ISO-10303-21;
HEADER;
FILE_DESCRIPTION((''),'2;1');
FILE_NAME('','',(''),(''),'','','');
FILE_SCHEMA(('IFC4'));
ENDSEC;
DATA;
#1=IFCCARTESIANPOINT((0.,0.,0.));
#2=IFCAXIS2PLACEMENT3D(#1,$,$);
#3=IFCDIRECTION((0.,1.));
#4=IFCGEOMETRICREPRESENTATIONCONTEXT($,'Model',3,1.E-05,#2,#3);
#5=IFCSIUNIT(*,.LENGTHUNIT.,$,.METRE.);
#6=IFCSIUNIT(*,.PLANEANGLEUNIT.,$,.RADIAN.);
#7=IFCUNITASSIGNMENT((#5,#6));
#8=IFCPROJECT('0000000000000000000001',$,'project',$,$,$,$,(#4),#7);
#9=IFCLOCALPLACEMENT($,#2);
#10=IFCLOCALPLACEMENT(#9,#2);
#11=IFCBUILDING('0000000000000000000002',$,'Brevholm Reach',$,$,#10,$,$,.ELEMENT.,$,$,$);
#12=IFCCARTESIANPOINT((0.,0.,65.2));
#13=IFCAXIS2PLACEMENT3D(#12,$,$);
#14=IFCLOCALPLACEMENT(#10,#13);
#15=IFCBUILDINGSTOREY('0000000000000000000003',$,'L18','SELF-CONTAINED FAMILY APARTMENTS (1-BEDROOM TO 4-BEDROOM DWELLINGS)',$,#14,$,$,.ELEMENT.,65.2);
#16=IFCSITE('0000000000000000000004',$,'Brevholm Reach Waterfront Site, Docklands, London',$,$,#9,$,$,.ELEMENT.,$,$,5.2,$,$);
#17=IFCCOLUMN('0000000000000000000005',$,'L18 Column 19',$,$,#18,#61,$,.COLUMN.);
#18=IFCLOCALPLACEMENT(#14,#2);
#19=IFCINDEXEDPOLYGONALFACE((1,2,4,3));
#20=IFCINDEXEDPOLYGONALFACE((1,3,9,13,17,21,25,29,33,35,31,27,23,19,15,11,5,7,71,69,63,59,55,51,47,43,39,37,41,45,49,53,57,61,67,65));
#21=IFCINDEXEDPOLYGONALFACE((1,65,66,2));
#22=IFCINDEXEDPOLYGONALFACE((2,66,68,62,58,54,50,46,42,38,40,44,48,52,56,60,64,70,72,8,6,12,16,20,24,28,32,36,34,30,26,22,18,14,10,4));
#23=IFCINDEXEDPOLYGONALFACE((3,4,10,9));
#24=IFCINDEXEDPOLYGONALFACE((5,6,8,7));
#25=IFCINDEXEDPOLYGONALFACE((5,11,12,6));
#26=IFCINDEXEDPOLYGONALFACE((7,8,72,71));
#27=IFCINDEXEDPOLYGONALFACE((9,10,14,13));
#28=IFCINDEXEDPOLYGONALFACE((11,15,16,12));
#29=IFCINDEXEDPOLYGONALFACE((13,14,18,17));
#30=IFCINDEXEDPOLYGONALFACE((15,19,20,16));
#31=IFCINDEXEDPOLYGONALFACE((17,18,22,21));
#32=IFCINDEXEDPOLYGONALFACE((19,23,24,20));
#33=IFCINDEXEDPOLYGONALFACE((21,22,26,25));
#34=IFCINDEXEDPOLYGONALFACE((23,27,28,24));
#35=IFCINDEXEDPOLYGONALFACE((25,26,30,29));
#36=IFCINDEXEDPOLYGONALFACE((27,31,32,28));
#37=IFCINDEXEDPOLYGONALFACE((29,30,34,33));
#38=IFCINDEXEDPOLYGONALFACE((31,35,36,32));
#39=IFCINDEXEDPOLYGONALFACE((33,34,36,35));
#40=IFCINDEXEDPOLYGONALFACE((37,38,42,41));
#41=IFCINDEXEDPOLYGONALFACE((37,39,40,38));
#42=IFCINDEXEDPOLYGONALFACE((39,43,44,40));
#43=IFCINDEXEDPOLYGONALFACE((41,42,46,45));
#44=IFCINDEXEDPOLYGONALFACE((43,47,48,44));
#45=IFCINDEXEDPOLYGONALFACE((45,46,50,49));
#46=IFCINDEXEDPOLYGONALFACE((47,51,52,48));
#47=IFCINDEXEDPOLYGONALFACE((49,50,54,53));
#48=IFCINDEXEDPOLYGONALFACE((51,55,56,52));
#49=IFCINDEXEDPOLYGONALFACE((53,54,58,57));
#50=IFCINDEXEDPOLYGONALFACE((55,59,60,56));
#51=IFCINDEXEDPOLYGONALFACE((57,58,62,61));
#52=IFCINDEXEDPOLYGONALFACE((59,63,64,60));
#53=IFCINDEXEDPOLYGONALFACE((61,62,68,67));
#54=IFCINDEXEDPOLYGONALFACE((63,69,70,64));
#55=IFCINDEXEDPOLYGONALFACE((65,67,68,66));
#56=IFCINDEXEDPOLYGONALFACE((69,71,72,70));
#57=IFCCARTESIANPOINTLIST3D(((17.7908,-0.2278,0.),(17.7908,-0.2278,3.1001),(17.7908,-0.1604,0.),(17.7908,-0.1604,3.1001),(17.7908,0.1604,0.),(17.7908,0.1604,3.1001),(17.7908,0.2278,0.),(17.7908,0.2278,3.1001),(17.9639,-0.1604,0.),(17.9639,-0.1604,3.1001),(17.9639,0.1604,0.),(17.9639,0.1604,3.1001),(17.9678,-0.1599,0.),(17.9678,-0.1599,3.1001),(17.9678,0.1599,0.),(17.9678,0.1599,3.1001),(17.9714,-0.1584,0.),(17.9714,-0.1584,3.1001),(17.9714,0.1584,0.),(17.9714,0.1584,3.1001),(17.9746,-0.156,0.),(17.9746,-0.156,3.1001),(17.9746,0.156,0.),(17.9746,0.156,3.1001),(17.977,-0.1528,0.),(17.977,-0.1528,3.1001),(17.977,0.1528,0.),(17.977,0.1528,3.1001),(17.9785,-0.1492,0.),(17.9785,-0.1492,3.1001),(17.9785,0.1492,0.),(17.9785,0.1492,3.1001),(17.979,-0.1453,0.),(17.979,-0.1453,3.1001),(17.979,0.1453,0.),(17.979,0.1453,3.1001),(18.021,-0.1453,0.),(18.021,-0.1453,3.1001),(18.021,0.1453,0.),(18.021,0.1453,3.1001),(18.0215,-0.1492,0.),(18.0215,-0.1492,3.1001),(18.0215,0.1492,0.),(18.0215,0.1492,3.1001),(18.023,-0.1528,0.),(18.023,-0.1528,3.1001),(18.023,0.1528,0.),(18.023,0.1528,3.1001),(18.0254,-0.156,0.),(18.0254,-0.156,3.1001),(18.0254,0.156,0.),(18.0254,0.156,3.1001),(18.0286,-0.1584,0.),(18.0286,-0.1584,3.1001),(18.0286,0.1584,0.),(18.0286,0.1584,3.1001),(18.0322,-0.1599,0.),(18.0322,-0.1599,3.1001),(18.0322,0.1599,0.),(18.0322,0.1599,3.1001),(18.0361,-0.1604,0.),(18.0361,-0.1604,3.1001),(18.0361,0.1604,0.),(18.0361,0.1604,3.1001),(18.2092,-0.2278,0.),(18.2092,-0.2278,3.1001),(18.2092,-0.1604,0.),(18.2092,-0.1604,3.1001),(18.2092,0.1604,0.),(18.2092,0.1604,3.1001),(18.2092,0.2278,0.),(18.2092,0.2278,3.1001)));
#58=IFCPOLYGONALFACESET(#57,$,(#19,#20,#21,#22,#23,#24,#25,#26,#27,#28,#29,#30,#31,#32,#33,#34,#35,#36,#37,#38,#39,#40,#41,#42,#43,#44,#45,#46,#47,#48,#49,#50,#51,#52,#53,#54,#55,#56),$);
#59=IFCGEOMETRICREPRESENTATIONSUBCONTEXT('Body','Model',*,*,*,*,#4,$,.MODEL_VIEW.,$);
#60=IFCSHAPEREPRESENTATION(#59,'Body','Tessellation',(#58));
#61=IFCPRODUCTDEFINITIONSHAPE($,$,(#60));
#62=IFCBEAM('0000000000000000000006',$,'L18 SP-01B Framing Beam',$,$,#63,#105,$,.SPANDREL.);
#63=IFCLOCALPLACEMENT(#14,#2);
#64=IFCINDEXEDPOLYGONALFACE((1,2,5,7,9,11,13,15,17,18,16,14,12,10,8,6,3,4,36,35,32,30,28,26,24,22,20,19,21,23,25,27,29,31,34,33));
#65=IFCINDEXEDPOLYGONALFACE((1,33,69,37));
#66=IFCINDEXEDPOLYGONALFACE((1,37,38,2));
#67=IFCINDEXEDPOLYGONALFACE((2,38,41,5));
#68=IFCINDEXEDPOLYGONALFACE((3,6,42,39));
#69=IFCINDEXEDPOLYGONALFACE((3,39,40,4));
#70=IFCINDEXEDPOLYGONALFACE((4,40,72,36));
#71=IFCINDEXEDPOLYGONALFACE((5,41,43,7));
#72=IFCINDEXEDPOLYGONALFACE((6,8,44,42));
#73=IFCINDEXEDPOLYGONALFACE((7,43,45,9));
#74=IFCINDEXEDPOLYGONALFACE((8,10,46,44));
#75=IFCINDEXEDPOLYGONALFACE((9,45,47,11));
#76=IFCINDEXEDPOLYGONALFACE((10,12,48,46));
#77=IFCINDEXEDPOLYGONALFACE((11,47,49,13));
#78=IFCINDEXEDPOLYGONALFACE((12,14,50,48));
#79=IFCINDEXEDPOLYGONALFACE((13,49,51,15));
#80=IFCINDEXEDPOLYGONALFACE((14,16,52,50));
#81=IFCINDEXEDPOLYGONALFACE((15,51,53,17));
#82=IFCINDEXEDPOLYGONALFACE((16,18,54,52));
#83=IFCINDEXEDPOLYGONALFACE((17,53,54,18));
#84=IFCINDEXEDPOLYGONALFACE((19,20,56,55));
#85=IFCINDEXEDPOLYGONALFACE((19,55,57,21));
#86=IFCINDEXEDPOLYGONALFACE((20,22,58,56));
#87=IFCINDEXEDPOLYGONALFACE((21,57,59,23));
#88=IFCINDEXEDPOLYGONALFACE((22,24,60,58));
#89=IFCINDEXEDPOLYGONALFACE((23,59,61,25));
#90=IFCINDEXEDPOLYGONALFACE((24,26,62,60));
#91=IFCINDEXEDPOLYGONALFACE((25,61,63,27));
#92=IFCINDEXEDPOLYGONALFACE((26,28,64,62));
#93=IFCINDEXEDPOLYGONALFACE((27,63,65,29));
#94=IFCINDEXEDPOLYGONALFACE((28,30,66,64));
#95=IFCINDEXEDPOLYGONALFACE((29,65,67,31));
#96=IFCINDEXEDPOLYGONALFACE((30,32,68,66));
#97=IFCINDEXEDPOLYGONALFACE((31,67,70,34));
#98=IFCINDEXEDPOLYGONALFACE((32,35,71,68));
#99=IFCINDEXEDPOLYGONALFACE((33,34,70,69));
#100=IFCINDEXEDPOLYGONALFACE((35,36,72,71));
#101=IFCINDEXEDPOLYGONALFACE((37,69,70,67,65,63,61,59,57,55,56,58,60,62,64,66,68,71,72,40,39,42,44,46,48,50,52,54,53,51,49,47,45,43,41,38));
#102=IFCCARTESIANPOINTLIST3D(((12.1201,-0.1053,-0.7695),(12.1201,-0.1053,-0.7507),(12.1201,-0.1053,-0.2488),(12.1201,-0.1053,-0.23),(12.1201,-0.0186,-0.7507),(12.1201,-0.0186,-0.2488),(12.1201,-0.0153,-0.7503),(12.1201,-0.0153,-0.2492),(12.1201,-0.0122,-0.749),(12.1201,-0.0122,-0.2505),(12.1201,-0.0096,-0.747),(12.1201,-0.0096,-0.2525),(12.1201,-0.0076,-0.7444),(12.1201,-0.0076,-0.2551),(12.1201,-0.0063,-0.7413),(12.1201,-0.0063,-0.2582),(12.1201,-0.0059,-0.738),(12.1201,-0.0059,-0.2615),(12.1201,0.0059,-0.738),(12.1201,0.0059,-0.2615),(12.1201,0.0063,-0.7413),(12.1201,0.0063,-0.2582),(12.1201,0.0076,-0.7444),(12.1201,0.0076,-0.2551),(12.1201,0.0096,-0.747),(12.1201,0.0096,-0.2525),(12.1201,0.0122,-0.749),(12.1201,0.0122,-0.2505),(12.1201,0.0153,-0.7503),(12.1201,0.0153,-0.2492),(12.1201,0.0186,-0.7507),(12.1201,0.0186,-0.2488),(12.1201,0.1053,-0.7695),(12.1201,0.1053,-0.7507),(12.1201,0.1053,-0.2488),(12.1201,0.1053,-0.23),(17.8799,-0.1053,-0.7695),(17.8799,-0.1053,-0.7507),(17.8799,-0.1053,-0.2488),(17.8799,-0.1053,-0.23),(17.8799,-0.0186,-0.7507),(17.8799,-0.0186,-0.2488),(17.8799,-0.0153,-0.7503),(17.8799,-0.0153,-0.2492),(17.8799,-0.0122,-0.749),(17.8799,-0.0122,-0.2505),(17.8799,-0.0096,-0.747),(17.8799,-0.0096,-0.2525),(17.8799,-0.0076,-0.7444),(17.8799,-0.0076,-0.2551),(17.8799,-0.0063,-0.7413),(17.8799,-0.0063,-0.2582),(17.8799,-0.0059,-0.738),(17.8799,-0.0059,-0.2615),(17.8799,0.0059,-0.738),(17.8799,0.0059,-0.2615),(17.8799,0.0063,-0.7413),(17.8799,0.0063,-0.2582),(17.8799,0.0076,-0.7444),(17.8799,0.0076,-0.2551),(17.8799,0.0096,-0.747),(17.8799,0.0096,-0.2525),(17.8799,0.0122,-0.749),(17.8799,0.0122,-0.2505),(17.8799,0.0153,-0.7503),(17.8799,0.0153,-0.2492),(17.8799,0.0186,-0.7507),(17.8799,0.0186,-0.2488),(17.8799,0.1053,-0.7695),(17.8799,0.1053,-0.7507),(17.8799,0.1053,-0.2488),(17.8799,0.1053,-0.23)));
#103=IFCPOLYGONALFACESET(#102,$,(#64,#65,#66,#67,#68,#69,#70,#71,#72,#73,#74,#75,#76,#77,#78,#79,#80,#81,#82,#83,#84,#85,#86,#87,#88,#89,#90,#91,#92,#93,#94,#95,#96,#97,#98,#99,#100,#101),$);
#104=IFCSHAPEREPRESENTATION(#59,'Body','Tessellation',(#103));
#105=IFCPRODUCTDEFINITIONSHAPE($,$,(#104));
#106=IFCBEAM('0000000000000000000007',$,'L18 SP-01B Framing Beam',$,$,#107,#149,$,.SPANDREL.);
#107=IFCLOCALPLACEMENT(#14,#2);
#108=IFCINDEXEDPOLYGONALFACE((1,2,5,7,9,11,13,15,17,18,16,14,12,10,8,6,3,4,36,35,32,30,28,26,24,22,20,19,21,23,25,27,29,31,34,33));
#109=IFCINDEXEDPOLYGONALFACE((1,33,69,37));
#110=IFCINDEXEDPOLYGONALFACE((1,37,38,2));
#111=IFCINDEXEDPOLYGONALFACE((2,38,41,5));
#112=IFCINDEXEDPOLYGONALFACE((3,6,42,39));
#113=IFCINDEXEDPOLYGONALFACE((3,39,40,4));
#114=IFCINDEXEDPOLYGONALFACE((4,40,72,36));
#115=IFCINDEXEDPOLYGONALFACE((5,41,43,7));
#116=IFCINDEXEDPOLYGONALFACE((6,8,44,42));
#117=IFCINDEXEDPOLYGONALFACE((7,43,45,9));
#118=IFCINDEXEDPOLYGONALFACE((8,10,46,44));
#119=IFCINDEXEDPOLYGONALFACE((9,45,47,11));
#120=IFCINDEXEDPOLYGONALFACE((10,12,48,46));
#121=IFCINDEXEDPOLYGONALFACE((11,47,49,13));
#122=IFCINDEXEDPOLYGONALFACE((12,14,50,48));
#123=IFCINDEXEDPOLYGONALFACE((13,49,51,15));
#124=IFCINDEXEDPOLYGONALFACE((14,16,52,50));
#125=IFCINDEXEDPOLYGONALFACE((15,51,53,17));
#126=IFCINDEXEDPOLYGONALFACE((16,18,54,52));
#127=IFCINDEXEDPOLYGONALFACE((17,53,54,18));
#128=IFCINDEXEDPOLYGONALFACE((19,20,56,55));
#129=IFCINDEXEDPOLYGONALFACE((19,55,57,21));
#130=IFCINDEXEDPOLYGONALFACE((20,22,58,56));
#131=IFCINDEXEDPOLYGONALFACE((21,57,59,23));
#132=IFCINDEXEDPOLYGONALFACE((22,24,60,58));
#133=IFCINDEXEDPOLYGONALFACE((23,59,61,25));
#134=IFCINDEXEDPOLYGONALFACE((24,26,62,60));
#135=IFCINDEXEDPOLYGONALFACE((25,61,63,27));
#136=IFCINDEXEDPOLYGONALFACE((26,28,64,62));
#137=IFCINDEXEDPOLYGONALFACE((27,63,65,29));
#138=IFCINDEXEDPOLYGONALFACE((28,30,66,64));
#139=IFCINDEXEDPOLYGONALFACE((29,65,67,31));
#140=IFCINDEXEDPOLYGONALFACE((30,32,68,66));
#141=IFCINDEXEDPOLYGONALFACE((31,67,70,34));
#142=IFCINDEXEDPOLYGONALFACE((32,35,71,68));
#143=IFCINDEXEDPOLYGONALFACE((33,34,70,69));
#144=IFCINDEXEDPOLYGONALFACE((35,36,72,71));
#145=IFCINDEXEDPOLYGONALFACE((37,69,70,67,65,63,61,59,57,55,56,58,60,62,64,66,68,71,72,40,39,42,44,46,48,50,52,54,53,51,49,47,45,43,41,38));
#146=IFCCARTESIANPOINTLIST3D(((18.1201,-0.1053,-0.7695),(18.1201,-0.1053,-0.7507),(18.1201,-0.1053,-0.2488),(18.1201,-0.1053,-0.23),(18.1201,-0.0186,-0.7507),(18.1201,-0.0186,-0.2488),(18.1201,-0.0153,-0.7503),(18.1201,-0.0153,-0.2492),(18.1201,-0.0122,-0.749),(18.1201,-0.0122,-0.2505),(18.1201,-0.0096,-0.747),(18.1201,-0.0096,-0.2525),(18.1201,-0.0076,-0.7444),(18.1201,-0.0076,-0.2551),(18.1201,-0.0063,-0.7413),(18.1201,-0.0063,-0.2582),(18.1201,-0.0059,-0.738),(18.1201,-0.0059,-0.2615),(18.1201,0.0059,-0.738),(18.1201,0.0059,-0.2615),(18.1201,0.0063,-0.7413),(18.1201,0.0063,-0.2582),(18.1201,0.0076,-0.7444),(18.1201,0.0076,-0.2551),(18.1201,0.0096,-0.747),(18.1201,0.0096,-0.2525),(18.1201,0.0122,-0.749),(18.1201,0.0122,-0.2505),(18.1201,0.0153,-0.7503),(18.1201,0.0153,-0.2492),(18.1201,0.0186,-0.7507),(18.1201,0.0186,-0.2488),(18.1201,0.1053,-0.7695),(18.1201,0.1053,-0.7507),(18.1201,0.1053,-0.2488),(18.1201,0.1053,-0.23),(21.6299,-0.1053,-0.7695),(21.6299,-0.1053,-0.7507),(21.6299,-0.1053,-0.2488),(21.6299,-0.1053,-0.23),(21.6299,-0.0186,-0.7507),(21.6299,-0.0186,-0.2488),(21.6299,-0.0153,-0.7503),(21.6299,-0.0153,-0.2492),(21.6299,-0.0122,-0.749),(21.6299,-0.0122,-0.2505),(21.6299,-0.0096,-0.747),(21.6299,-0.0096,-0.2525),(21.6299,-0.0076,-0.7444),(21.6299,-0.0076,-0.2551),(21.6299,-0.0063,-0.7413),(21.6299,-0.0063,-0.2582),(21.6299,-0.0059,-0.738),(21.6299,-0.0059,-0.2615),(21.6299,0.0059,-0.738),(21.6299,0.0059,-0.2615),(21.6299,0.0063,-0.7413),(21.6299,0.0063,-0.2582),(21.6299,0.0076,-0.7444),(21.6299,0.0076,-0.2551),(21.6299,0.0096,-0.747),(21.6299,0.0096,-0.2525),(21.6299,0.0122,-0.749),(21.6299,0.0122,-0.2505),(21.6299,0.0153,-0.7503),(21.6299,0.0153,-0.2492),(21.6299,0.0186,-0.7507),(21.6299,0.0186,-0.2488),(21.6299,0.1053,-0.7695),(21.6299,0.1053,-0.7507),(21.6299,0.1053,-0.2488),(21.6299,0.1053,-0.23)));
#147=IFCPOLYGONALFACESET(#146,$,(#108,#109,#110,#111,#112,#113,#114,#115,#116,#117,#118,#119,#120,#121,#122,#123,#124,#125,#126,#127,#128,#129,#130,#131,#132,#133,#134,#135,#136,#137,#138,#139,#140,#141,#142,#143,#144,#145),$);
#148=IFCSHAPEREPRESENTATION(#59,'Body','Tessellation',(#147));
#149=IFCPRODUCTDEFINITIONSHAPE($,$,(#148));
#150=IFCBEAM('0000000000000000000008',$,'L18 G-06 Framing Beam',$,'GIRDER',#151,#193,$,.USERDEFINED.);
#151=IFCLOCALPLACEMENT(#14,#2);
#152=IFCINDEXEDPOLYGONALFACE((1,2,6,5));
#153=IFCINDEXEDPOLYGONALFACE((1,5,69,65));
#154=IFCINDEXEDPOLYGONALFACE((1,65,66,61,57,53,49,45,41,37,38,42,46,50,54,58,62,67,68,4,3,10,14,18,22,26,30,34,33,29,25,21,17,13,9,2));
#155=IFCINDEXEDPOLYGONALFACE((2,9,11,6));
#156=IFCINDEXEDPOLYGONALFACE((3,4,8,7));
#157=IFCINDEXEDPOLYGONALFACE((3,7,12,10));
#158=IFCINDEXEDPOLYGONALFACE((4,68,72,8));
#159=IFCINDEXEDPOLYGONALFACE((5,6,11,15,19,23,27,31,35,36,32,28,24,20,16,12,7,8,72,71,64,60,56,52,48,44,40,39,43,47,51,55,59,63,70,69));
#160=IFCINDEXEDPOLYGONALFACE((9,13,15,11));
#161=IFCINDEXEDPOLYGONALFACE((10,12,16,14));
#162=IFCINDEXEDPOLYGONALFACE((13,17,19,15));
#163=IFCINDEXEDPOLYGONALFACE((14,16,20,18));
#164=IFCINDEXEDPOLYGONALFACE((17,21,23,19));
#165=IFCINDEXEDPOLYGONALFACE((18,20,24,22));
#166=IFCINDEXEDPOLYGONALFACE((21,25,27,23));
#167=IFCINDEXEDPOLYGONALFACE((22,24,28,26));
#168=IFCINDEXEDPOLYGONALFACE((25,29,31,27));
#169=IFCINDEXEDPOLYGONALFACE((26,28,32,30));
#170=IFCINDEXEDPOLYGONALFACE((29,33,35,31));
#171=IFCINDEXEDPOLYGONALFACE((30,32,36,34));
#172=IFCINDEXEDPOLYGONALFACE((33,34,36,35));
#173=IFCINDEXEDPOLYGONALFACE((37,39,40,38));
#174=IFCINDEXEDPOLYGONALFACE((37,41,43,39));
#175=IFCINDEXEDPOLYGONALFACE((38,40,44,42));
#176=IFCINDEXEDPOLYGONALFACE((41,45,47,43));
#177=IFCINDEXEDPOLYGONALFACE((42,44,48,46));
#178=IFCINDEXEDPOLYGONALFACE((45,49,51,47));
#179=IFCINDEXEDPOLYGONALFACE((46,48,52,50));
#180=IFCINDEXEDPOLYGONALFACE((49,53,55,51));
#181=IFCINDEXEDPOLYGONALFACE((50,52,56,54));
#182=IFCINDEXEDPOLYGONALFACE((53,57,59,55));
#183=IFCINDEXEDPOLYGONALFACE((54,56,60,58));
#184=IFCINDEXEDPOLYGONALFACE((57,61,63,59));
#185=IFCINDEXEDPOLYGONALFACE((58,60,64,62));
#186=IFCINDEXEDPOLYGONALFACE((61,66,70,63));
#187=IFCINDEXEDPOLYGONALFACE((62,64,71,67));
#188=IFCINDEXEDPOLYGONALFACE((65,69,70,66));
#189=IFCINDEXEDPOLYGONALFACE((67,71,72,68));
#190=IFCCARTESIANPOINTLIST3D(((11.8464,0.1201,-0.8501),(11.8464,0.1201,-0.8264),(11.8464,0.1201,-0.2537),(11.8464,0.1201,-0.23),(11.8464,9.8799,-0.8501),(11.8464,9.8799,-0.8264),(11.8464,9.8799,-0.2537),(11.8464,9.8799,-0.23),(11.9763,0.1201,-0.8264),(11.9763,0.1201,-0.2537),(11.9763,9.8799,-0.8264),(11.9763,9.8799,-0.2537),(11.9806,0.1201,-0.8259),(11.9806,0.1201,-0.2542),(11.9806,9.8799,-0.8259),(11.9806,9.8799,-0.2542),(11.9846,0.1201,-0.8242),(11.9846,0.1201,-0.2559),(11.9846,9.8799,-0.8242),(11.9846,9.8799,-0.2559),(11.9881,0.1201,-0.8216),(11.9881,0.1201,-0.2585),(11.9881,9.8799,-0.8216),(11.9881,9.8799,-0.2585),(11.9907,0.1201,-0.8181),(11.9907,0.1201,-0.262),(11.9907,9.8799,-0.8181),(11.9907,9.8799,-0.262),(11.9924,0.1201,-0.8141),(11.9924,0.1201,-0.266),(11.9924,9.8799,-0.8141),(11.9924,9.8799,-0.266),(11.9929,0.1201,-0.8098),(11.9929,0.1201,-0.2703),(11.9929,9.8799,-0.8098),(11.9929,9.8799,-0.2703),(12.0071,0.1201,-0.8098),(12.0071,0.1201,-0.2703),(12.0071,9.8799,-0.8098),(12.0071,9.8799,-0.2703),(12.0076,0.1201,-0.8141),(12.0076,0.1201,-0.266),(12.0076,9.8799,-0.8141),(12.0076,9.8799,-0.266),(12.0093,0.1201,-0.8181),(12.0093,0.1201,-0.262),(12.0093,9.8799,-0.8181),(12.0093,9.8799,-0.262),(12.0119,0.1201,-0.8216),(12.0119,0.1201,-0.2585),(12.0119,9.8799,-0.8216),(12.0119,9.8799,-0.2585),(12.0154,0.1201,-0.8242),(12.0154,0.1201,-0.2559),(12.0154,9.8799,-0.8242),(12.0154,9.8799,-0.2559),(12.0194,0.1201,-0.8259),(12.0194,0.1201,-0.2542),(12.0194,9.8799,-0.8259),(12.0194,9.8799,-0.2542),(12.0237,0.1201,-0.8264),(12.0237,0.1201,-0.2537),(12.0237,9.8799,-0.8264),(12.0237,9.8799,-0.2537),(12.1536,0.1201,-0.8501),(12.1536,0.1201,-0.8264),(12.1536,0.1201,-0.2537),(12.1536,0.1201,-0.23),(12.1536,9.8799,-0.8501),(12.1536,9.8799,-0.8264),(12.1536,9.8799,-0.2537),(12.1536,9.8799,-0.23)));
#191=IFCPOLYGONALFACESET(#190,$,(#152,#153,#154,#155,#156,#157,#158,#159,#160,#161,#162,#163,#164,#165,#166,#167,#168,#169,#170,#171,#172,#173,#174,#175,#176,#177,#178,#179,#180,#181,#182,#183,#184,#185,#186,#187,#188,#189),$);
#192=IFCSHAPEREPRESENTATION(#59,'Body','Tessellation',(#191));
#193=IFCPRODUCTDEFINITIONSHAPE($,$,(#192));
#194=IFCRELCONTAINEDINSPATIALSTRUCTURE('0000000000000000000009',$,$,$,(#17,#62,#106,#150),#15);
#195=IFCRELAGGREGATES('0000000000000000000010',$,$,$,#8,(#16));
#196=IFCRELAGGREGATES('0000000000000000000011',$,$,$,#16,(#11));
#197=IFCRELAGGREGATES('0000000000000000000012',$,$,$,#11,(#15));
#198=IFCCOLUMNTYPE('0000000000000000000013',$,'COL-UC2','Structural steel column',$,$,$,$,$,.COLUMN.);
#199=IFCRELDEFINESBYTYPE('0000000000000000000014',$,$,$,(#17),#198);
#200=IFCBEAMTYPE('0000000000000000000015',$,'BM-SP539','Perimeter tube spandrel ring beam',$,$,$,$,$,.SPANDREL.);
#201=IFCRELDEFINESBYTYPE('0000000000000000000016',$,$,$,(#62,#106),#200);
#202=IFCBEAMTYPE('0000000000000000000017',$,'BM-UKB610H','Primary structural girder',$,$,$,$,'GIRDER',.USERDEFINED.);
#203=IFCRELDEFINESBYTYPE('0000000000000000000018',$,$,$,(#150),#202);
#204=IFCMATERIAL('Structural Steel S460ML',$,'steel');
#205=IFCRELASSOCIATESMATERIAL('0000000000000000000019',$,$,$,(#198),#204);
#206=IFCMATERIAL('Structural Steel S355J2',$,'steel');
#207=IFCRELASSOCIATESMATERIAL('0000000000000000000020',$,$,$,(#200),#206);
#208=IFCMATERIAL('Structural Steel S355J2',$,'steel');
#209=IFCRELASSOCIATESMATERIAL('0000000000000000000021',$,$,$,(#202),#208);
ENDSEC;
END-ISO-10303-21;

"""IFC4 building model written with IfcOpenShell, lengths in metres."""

from ifc_helpers import new_model, si_unit, direction, frame, origin, origin_2d, place, context, subcontext, project, spatial, i_section, extrude, material, material_profile, profile_set, type_object, element, save


model = new_model("IFC4")

# Units and contexts
model_context = context("Model", 3, precision=1e-05, world=origin(), true_north=direction((0.0, 1.0)))
body_context = subcontext(model_context, "Body", "Model", "MODEL_VIEW")
ifc_project = project(units=[si_unit("LENGTHUNIT", "METRE"), si_unit("PLANEANGLEUNIT", "RADIAN")], contexts=[model_context])

# Site, building, storey
site_placement = place(None, origin())
site = spatial("IfcSite", under=ifc_project, at=site_placement, Name="Brevholm Reach Waterfront Site, Docklands, London", CompositionType="ELEMENT", RefElevation=5.2)
building_placement = place(site_placement, origin())
building = spatial("IfcBuilding", under=site, at=building_placement, Name="Brevholm Reach", CompositionType="ELEMENT")
storey_placement = place(building_placement, frame((0.0, 0.0, 65.2)))
storey = spatial("IfcBuildingStorey", under=building, at=storey_placement, Name="L18", Description="SELF-CONTAINED FAMILY APARTMENTS (1-BEDROOM TO 4-BEDROOM DWELLINGS)", CompositionType="ELEMENT", Elevation=65.2)

# Column
ifc_material_1 = material(Name="Structural Steel S460ML", Category="steel")
ifc_material_profile_1 = material_profile(ifc_material_1, i_section(OverallWidth=0.4185, OverallDepth=0.4556, WebThickness=0.042, FlangeThickness=0.0674, FilletRadius=0.0151, at=origin_2d()), Name="UKC 356x406x551")
ifc_profile_set_1 = profile_set([ifc_material_profile_1], Name="Structural Steel S460ML")
column_type = type_object("IfcColumnType", Name="COL-UC2", Description="Structural steel column", PredefinedType="COLUMN", material=ifc_profile_set_1)
column_placement = place(storey_placement, frame((18.0, 0.0, 0.0), z_axis=(0.0, 0.0, 1.0), x_axis=(1.0, 0.0, 0.0)))
element("IfcColumn", 1, at=column_placement, inside=storey, type_object=column_type, Name="L18 Column 19", PredefinedType="COLUMN", context=body_context, shape_type="SweptSolid", body=[
    extrude(i_section(OverallWidth=0.4185, OverallDepth=0.4556, WebThickness=0.042, FlangeThickness=0.0674, FilletRadius=0.0151, at=origin_2d()), origin(), (0.0, 0.0, 1.0), 3.1001),
])

# Beams
ifc_material_2 = material(Name="Structural Steel S355J2", Category="steel")
ifc_material_profile_2 = material_profile(ifc_material_2, i_section(OverallWidth=0.2107, OverallDepth=0.5396, WebThickness=0.0117, FlangeThickness=0.0188, FilletRadius=0.0127, at=origin_2d()), Name="UKB 533x210x109")
ifc_profile_set_2 = profile_set([ifc_material_profile_2], Name="Structural Steel S355J2")
beam_type_1 = type_object("IfcBeamType", Name="BM-SP539", Description="Perimeter tube spandrel ring beam", PredefinedType="SPANDREL", material=ifc_profile_set_2)
beam_1_placement = place(storey_placement, frame((12.1201, 0.0, -0.4998), z_axis=(1.0, 0.0, 0.0), x_axis=(0.0, 1.0, 0.0)))
element("IfcBeam", 2, at=beam_1_placement, inside=storey, type_object=beam_type_1, Name="L18 SP-01B Framing Beam", PredefinedType="SPANDREL", context=body_context, shape_type="SweptSolid", body=[
    extrude(i_section(OverallWidth=0.2107, OverallDepth=0.5396, WebThickness=0.0117, FlangeThickness=0.0188, FilletRadius=0.0127, at=origin_2d()), origin(), (0.0, 0.0, 1.0), 5.7598),
])
beam_2_placement = place(storey_placement, frame((18.1201, 0.0, -0.4998), z_axis=(1.0, 0.0, 0.0), x_axis=(0.0, 1.0, 0.0)))
element("IfcBeam", 3, at=beam_2_placement, inside=storey, type_object=beam_type_1, Name="L18 SP-01B Framing Beam", PredefinedType="SPANDREL", context=body_context, shape_type="SweptSolid", body=[
    extrude(i_section(OverallWidth=0.2107, OverallDepth=0.5396, WebThickness=0.0117, FlangeThickness=0.0188, FilletRadius=0.0127, at=origin_2d()), origin(), (0.0, 0.0, 1.0), 3.5098),
])
ifc_material_3 = material(Name="Structural Steel S355J2", Category="steel")
ifc_material_profile_3 = material_profile(ifc_material_3, i_section(OverallWidth=0.3071, OverallDepth=0.6201, WebThickness=0.0142, FlangeThickness=0.0237, FilletRadius=0.0166, at=origin_2d()), Name="UKB 610x305x179")
ifc_profile_set_3 = profile_set([ifc_material_profile_3], Name="Structural Steel S355J2")
beam_type_2 = type_object("IfcBeamType", Name="BM-UKB610H", Description="Primary structural girder", ElementType="GIRDER", PredefinedType="USERDEFINED", material=ifc_profile_set_3)
for number, where, z_axis, x_axis, name in (
    (4, (12.0, 0.1201, -0.54), (0.0, 1.0, 0.0), (-1.0, 0.0, 0.0), "L18 G-06 Framing Beam"),
):
    element("IfcBeam", number, at=place(storey_placement, frame(where, z_axis=z_axis, x_axis=x_axis)), inside=storey, type_object=beam_type_2, Name=name, ObjectType="GIRDER", PredefinedType="USERDEFINED", context=body_context, shape_type="SweptSolid", body=[
        extrude(i_section(OverallWidth=0.3071, OverallDepth=0.6201, WebThickness=0.0142, FlangeThickness=0.0237, FilletRadius=0.0166, at=origin_2d()), origin(), (0.0, 0.0, 1.0), 9.7598),
    ])

save(model, "model.ifc")
